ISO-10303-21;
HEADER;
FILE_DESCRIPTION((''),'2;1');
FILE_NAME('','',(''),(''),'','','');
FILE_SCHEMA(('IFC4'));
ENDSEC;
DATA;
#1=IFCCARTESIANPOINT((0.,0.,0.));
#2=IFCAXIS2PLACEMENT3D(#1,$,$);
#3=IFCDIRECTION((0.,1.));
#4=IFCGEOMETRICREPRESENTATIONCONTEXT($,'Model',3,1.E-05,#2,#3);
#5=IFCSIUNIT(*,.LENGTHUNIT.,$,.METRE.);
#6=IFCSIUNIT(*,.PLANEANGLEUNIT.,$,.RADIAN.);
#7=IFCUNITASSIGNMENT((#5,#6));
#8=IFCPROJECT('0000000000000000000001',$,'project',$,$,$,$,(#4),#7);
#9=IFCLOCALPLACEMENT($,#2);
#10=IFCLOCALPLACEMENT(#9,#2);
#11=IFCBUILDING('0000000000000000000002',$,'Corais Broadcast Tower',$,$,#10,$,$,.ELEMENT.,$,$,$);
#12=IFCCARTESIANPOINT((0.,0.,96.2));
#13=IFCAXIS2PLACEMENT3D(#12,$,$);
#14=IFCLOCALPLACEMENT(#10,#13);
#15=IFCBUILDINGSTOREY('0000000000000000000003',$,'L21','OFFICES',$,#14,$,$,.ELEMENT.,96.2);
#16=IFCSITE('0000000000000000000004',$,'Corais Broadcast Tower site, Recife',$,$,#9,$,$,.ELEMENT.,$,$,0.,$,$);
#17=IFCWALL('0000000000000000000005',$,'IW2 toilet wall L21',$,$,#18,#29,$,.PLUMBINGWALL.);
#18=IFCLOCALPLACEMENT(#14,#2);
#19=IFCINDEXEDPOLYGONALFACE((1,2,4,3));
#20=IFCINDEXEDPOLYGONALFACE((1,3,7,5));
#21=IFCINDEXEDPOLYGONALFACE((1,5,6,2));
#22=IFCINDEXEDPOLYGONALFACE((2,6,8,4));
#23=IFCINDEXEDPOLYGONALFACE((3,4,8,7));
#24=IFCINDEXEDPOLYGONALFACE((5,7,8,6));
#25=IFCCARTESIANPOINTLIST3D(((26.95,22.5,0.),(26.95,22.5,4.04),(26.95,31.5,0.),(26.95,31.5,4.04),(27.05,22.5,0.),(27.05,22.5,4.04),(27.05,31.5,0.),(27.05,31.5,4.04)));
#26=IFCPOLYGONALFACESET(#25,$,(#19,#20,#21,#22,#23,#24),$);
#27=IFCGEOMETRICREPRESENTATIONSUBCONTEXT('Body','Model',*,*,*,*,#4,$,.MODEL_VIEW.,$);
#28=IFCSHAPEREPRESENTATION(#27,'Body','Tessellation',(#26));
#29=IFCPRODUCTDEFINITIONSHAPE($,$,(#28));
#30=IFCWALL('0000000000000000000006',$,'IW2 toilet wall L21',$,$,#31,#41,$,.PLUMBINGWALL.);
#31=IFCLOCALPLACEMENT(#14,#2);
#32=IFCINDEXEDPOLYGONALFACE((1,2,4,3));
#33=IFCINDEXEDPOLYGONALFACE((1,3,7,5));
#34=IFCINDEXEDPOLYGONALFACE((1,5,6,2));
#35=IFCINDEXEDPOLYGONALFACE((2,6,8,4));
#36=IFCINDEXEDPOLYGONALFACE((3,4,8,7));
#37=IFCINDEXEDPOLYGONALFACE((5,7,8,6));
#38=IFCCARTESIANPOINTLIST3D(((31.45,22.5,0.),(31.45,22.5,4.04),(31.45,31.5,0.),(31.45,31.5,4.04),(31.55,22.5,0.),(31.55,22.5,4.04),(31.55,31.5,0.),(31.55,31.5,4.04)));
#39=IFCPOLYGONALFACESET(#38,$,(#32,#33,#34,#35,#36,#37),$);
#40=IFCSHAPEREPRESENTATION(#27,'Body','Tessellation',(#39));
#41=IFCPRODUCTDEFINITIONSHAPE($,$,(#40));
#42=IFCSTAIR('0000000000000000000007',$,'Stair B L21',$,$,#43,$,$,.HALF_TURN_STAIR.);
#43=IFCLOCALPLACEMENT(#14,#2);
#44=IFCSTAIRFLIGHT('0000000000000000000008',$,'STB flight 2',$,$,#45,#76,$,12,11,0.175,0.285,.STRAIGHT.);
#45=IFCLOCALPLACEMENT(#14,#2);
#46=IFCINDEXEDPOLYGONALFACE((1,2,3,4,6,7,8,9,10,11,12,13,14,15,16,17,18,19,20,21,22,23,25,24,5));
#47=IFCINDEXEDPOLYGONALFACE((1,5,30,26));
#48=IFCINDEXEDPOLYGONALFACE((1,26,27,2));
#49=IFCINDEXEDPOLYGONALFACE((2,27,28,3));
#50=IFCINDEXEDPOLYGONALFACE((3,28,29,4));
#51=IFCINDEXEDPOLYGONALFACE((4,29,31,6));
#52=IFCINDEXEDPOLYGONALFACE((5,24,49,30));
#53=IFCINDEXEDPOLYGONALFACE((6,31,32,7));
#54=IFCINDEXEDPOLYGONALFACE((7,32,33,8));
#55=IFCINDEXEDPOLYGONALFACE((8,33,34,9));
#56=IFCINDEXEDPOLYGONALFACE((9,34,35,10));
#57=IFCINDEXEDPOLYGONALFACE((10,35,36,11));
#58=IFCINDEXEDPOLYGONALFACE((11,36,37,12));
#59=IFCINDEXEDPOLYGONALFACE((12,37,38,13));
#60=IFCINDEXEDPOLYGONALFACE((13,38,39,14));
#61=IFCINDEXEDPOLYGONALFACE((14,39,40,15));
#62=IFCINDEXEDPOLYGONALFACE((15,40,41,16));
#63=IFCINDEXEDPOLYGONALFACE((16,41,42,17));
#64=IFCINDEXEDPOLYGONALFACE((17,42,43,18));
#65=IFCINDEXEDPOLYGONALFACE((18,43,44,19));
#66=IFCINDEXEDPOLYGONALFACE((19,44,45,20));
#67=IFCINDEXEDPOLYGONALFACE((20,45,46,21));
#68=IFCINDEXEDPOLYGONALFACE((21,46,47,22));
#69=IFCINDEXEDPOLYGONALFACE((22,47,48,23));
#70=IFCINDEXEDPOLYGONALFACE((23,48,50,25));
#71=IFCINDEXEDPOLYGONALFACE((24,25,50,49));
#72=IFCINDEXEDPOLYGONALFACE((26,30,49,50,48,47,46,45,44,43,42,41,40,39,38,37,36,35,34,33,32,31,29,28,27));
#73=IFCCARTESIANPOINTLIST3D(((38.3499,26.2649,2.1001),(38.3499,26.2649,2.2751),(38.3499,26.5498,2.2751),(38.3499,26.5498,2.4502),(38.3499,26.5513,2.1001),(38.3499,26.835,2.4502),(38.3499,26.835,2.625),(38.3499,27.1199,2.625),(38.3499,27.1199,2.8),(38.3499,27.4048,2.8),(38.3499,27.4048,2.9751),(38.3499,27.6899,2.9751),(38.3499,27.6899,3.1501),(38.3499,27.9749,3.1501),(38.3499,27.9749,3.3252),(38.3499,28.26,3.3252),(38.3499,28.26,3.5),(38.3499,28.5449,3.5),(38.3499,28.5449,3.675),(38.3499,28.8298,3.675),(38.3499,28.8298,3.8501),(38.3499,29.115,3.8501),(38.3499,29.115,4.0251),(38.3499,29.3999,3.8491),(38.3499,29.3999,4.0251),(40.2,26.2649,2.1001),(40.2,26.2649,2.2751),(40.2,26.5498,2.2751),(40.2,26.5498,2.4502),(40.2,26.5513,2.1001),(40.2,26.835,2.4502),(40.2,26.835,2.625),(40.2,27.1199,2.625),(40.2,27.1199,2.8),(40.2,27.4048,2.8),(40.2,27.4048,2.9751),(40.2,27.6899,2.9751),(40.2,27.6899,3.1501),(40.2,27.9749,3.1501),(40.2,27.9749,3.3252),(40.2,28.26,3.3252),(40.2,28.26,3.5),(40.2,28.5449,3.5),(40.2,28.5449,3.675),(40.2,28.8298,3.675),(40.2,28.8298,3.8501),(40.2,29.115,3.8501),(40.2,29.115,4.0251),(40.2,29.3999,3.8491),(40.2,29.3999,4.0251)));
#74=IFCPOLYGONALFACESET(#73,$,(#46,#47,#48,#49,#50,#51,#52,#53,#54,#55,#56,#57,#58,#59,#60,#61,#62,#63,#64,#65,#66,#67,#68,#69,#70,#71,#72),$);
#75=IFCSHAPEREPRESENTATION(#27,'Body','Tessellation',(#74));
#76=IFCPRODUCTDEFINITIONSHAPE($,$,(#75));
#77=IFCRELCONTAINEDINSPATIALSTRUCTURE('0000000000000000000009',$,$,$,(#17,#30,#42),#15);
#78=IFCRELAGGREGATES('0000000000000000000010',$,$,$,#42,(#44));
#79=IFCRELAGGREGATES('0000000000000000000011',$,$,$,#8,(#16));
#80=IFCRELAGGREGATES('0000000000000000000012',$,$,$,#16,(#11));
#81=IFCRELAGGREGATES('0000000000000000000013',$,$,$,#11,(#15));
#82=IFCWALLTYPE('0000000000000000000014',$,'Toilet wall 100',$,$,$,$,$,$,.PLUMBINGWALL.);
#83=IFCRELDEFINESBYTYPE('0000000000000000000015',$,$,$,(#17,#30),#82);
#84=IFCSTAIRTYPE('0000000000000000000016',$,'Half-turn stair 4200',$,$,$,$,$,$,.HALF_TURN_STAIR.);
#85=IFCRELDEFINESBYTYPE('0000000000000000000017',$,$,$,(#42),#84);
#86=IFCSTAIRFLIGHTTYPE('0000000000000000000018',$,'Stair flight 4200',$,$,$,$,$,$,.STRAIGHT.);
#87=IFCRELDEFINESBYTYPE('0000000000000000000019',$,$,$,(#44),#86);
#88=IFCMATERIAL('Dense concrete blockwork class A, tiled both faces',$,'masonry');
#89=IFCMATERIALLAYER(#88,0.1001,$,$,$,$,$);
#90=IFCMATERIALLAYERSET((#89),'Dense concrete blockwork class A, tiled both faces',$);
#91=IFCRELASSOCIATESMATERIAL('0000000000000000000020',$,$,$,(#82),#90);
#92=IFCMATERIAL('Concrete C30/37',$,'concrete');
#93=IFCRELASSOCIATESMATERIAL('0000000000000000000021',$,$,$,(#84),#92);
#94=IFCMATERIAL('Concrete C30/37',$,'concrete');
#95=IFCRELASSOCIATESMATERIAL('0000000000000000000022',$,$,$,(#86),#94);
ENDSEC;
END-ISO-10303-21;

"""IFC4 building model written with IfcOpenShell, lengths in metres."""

from ifc_helpers import new_model, si_unit, direction, frame, frame_2d, origin, place, context, subcontext, project, spatial, polyline, rectangle, outline, extrude, material, layer, layer_set, type_object, element, aggregate, save


model = new_model("IFC4")

# Units and contexts
model_context = context("Model", 3, precision=1e-05, world=origin(), true_north=direction((0.0, 1.0)))
body_context = subcontext(model_context, "Body", "Model", "MODEL_VIEW")
ifc_project = project(units=[si_unit("LENGTHUNIT", "METRE"), si_unit("PLANEANGLEUNIT", "RADIAN")], contexts=[model_context])

# Site, building, storey
site_placement = place(None, origin())
site = spatial("IfcSite", under=ifc_project, at=site_placement, Name="Corais Broadcast Tower site, Recife", CompositionType="ELEMENT", RefElevation=0.0)
building_placement = place(site_placement, origin())
building = spatial("IfcBuilding", under=site, at=building_placement, Name="Corais Broadcast Tower", CompositionType="ELEMENT")
storey_placement = place(building_placement, frame((0.0, 0.0, 96.2)))
storey = spatial("IfcBuildingStorey", under=building, at=storey_placement, Name="L21", Description="OFFICES", CompositionType="ELEMENT", Elevation=96.2)

# Walls
ifc_material_1 = material(Name="Dense concrete blockwork class A, tiled both faces", Category="masonry")
ifc_layer_1 = layer(ifc_material_1, 0.1001)
ifc_layer_set_1 = layer_set([ifc_layer_1], Name="Dense concrete blockwork class A, tiled both faces")
wall_type_1 = type_object("IfcWallType", Name="Toilet wall 100", PredefinedType="PLUMBINGWALL", material=ifc_layer_set_1)
for number, where, z_axis, x_axis, name in (
    (1, (27.0, 22.5, 0.0), (0.0, 0.0, 1.0), (0.0, 1.0, 0.0), "IW2 toilet wall L21"),
    (2, (31.5, 22.5, 0.0), (0.0, 0.0, 1.0), (0.0, 1.0, 0.0), "IW2 toilet wall L21"),
):
    element("IfcWall", number, at=place(storey_placement, frame(where, z_axis=z_axis, x_axis=x_axis)), inside=storey, type_object=wall_type_1, Name=name, PredefinedType="PLUMBINGWALL", context=body_context, shape_type="SweptSolid", body=[
        extrude(rectangle(XDim=9.0, YDim=0.1001, at=frame_2d((4.5, 0.0))), origin(), (0.0, 0.0, 1.0), 4.04),
    ])

# Stair, stair flight
ifc_material_2 = material(Name="Concrete C30/37", Category="concrete")
stair_type = type_object("IfcStairType", Name="Half-turn stair 4200", PredefinedType="HALF_TURN_STAIR", material=ifc_material_2)
stair_placement = place(storey_placement, origin())
stair = element("IfcStair", 3, at=stair_placement, inside=storey, type_object=stair_type, Name="Stair B L21", PredefinedType="HALF_TURN_STAIR")
ifc_material_3 = material(Name="Concrete C30/37", Category="concrete")
stair_flight_type = type_object("IfcStairFlightType", Name="Stair flight 4200", PredefinedType="STRAIGHT", material=ifc_material_3)
stair_flight_placement = place(storey_placement, frame((39.2749, 26.2649, 2.1001), z_axis=(0.0, 0.0, 1.0), x_axis=(0.0, 1.0, 0.0)))
stair_flight = element("IfcStairFlight", 4, at=stair_flight_placement, type_object=stair_flight_type, Name="STB flight 2", NumberOfRisers=12, NumberOfTreads=11, PredefinedType="STRAIGHT", RiserHeight=0.175, TreadLength=0.285, context=body_context, shape_type="SweptSolid", body=[
    extrude(outline(polyline([(0.0, 0.0), (0.0, 0.175), (0.2849, 0.175), (0.2849, 0.3501), (0.5701, 0.3501), (0.5701, 0.5249), (0.855, 0.5249), (0.855, 0.7), (1.1399, 0.7), (1.1399, 0.875), (1.425, 0.875), (1.425, 1.05), (1.71, 1.05), (1.71, 1.2251), (1.9951, 1.2251), (1.9951, 1.3999), (2.28, 1.3999), (2.28, 1.575), (2.5649, 1.575), (2.5649, 1.75), (2.8501, 1.75), (2.8501, 1.925), (3.135, 1.925), (3.135, 2.1001), (3.135, 1.749), (0.2864, 0.0), (0.0, 0.0)])), frame((0.0, 0.925, 0.0), z_axis=(0.0, -1.0, 0.0), x_axis=(1.0, 0.0, 0.0)), (0.0, 0.0, 1.0), 1.8501),
])
aggregate(stair, [stair_flight])

save(model, "model.ifc")
